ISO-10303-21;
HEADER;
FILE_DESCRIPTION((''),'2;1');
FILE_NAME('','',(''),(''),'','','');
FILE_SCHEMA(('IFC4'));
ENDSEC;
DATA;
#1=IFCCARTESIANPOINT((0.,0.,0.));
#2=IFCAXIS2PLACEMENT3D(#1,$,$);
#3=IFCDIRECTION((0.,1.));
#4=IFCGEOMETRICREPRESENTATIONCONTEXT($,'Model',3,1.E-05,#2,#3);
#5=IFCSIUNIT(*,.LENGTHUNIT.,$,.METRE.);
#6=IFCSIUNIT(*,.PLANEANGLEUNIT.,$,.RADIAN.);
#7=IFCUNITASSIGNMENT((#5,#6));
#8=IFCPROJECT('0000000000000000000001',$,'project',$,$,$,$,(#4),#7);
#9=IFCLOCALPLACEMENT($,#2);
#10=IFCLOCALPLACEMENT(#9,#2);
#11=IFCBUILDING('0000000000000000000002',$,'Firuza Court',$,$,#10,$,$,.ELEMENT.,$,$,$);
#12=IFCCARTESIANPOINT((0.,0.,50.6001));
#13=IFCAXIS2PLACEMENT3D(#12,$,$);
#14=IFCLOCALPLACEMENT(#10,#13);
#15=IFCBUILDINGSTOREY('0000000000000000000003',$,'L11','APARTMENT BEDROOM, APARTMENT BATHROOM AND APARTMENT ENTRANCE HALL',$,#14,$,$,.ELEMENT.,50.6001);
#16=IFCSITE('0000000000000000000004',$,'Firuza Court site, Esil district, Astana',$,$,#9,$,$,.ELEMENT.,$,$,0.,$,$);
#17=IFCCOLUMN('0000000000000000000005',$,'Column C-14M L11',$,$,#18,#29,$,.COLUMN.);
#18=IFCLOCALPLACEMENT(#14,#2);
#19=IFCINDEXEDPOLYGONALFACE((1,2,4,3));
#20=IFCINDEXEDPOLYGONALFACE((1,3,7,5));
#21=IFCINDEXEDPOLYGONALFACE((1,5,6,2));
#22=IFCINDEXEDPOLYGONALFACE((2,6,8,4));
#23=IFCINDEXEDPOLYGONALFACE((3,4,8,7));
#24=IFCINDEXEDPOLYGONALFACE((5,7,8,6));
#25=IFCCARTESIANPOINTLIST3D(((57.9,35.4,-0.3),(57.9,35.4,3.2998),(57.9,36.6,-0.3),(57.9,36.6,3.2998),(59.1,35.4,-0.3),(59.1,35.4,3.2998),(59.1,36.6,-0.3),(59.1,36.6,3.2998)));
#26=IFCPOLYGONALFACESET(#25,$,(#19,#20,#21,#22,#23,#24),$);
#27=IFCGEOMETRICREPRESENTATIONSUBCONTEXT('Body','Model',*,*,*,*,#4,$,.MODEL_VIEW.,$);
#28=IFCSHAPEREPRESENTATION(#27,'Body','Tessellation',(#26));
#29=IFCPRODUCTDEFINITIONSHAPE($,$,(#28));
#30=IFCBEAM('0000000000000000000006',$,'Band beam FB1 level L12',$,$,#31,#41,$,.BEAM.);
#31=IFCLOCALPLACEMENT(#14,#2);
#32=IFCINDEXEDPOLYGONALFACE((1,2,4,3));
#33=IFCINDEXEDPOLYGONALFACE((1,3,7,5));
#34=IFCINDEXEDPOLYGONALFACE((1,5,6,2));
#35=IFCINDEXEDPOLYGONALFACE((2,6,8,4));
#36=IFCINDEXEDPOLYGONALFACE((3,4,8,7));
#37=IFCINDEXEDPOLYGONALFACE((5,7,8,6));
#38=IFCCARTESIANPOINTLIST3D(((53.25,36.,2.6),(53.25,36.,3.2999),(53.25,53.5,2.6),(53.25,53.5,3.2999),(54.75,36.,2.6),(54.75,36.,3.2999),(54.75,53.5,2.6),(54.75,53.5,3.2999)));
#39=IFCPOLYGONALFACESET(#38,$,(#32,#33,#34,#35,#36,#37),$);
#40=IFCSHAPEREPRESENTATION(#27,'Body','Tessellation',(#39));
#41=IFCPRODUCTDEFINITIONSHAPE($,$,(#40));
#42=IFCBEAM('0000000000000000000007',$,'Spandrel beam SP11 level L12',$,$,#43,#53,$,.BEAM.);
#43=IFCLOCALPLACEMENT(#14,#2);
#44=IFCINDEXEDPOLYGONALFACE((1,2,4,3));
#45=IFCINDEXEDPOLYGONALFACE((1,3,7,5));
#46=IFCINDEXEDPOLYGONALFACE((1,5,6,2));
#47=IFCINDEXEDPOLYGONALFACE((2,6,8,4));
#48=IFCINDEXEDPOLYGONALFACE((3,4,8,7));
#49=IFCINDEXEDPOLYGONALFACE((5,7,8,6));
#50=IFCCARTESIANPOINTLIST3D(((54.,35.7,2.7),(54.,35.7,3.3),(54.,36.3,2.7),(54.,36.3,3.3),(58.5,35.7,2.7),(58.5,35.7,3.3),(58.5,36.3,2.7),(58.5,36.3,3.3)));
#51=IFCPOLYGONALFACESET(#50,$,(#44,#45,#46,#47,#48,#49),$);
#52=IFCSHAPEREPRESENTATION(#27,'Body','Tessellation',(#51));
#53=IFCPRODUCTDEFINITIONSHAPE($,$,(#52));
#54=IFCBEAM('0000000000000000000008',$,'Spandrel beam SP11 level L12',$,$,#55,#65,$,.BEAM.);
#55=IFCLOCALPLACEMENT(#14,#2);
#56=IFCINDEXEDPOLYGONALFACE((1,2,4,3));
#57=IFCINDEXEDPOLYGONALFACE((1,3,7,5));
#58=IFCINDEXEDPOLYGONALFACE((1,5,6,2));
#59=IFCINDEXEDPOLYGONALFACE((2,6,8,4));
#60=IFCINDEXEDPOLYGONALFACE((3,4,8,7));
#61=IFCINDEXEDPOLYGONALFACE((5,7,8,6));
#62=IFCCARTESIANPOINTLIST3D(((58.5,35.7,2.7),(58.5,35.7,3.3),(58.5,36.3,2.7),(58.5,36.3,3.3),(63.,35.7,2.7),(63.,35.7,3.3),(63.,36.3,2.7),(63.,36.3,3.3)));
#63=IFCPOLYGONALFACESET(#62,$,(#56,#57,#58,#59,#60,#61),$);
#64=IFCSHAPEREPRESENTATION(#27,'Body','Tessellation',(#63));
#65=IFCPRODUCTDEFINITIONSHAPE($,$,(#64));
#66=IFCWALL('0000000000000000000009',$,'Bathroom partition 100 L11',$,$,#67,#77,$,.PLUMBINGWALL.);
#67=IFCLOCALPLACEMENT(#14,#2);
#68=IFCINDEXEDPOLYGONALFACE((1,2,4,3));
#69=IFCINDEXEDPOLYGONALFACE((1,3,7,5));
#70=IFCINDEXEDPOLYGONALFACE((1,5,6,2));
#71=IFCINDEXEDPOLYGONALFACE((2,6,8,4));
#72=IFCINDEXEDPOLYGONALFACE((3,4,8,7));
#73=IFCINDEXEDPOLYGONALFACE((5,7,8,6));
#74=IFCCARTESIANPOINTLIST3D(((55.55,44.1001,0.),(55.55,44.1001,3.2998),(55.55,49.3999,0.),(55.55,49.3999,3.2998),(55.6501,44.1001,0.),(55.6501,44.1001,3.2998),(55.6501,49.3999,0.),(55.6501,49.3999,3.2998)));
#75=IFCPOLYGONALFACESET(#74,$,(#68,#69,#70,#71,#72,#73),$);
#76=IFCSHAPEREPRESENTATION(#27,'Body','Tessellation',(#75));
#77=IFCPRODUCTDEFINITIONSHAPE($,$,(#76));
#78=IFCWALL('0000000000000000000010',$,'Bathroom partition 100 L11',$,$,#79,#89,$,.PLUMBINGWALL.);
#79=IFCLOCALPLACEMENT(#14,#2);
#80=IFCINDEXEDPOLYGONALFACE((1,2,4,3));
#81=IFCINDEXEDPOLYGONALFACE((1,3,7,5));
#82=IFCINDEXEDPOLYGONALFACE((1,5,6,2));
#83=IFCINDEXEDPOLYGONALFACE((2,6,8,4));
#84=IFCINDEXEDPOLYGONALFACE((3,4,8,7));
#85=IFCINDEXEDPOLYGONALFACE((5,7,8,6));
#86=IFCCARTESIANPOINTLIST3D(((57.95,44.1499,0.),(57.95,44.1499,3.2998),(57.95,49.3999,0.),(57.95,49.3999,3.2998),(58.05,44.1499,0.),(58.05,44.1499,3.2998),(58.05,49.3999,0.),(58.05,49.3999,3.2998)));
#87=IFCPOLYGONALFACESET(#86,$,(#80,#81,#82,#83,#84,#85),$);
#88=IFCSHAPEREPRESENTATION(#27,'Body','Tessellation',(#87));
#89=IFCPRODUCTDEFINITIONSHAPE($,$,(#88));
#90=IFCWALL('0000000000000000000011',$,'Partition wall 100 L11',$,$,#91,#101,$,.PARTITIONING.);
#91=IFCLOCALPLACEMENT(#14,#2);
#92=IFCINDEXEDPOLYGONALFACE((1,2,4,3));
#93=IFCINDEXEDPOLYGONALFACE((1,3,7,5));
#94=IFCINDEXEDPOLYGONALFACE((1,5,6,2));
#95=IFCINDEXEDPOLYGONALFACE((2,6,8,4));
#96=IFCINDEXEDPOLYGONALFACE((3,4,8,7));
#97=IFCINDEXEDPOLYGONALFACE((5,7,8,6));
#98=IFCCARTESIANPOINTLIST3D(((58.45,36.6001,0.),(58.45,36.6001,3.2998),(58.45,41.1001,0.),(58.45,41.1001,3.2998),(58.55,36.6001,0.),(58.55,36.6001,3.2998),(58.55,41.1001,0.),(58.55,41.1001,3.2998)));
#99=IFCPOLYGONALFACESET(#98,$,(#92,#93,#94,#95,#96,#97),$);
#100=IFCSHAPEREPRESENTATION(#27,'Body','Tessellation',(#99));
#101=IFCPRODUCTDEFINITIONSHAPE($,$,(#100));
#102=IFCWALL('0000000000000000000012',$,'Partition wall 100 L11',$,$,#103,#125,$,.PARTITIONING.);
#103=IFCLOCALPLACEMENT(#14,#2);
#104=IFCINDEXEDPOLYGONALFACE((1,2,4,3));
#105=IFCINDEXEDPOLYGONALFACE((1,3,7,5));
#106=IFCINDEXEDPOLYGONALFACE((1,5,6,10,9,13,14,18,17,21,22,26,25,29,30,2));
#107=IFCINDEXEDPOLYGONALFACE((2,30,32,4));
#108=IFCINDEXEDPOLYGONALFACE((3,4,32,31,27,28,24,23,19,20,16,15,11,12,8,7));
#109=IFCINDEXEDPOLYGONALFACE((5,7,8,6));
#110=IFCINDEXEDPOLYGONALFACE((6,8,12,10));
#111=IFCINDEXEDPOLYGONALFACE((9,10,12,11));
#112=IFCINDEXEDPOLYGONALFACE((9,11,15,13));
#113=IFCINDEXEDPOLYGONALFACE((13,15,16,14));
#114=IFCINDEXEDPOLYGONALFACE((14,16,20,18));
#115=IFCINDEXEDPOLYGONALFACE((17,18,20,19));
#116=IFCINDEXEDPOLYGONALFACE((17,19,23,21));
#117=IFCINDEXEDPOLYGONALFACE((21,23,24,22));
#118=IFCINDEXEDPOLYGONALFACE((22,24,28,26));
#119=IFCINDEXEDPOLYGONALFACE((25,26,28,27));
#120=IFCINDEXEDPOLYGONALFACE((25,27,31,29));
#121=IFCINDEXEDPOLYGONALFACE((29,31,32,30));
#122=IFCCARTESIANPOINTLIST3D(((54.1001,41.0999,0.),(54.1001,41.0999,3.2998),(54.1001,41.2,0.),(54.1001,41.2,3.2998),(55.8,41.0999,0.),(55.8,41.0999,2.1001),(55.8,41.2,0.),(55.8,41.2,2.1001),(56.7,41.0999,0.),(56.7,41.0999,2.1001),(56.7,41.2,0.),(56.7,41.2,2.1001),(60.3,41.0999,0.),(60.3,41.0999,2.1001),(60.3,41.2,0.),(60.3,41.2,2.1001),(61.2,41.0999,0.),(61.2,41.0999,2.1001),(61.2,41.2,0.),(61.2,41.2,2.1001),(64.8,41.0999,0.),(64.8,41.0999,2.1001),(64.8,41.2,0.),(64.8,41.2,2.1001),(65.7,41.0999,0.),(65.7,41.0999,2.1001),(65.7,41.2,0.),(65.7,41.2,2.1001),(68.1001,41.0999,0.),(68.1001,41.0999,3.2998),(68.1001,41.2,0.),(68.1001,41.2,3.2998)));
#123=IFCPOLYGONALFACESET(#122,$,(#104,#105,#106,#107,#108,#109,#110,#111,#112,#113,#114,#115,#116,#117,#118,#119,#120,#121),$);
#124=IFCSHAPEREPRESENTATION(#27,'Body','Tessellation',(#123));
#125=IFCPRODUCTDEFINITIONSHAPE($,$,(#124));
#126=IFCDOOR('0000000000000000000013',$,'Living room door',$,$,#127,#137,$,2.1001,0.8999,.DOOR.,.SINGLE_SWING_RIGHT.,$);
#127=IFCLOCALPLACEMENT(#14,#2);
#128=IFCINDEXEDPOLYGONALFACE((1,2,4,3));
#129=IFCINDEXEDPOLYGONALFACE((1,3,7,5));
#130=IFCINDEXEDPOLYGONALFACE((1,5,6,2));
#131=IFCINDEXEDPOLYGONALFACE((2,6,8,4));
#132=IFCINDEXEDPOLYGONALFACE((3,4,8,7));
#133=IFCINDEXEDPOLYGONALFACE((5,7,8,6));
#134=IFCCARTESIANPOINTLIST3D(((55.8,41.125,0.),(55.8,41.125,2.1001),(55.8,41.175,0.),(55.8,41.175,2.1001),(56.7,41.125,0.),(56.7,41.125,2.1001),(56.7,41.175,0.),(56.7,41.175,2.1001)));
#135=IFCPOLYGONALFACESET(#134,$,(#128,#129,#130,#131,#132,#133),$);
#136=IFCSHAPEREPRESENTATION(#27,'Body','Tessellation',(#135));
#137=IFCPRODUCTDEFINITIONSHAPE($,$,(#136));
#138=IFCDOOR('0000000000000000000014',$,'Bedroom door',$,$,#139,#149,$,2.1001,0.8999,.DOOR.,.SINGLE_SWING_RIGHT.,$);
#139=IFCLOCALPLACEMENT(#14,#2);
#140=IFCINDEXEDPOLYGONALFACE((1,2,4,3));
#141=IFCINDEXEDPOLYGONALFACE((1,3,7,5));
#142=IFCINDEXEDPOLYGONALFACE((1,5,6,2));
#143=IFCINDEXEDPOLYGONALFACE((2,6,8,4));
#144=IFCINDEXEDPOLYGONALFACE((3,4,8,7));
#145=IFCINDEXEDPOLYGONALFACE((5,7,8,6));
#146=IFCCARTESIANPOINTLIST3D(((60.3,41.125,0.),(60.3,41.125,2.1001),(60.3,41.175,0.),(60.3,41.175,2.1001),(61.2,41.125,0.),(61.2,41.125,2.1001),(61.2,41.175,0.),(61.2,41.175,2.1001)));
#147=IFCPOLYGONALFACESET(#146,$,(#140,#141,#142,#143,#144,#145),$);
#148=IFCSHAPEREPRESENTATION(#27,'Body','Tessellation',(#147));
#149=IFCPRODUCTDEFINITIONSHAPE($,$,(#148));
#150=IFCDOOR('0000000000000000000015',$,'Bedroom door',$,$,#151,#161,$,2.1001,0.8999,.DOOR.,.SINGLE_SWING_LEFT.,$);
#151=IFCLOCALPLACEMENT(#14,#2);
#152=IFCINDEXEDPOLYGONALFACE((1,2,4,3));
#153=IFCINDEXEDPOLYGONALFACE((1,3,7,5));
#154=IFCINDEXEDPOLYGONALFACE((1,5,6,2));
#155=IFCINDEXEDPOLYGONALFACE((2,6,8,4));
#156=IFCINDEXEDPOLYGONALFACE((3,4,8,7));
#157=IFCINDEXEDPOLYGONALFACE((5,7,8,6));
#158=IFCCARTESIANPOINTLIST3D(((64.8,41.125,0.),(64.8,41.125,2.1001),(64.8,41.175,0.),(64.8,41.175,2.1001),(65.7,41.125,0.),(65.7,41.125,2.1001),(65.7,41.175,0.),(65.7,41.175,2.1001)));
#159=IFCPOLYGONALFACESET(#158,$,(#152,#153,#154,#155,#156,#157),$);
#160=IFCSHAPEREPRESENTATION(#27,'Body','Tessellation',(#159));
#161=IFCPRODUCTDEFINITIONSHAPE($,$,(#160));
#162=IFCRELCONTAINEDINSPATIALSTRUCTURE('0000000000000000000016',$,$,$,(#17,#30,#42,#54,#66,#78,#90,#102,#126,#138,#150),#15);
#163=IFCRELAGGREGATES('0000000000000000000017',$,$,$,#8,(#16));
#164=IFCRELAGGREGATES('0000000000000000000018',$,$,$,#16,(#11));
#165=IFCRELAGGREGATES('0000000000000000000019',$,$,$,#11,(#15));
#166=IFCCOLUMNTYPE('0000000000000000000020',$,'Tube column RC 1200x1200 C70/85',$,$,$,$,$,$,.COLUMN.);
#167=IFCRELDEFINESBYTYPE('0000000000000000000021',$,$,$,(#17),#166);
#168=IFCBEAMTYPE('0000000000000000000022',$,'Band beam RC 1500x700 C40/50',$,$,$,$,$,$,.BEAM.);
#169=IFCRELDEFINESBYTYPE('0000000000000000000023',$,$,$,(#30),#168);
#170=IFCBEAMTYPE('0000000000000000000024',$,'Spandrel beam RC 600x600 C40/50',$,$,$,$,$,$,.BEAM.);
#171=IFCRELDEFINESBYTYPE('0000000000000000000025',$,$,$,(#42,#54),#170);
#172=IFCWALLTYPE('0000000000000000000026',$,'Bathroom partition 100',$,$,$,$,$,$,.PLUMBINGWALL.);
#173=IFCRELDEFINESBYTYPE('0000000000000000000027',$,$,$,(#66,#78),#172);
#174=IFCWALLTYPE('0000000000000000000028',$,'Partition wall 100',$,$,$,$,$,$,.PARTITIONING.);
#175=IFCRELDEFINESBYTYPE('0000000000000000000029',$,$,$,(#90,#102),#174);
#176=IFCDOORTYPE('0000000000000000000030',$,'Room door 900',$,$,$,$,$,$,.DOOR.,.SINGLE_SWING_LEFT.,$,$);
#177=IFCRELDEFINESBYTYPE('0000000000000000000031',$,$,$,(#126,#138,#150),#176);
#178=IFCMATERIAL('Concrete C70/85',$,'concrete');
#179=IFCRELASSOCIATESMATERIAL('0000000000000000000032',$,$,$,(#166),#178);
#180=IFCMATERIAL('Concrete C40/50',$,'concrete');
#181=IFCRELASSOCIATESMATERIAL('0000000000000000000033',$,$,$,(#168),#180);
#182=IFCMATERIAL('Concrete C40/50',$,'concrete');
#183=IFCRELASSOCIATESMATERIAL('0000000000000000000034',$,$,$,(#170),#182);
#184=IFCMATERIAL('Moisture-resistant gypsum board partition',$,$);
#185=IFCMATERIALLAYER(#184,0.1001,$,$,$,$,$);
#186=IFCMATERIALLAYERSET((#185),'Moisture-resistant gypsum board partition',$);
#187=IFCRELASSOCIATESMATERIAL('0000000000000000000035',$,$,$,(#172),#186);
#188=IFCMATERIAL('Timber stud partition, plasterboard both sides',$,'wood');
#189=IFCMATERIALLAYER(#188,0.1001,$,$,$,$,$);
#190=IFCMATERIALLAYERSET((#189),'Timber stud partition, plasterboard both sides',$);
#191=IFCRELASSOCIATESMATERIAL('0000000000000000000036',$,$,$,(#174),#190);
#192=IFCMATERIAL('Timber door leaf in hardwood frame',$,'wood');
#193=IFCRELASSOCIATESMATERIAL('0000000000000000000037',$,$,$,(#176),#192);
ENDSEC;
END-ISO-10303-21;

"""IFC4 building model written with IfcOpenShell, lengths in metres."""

from ifc_helpers import new_model, si_unit, direction, frame, frame_2d, origin, origin_2d, place, context, subcontext, project, spatial, rectangle, extrude, material, layer, layer_set, material_profile, profile_set, type_object, element, fill, save


model = new_model("IFC4")

# Units and contexts
model_context = context("Model", 3, precision=1e-05, world=origin(), true_north=direction((0.0, 1.0)))
body_context = subcontext(model_context, "Body", "Model", "MODEL_VIEW")
ifc_project = project(units=[si_unit("LENGTHUNIT", "METRE"), si_unit("PLANEANGLEUNIT", "RADIAN")], contexts=[model_context])

# Site, building, storey
site_placement = place(None, origin())
site = spatial("IfcSite", under=ifc_project, at=site_placement, Name="Firuza Court site, Esil district, Astana", CompositionType="ELEMENT", RefElevation=0.0)
building_placement = place(site_placement, origin())
building = spatial("IfcBuilding", under=site, at=building_placement, Name="Firuza Court", CompositionType="ELEMENT")
storey_placement = place(building_placement, frame((0.0, 0.0, 50.6001)))
storey = spatial("IfcBuildingStorey", under=building, at=storey_placement, Name="L11", Description="APARTMENT BEDROOM, APARTMENT BATHROOM AND APARTMENT ENTRANCE HALL", CompositionType="ELEMENT", Elevation=50.6001)

# Column
ifc_material_1 = material(Name="Concrete C70/85", Category="concrete")
ifc_material_profile_1 = material_profile(ifc_material_1, rectangle(XDim=1.2, YDim=1.2, at=origin_2d()), Name="RC 1200x1200")
ifc_profile_set_1 = profile_set([ifc_material_profile_1], Name="Concrete C70/85")
column_type = type_object("IfcColumnType", Name="Tube column RC 1200x1200 C70/85", PredefinedType="COLUMN", material=ifc_profile_set_1)
column_placement = place(storey_placement, frame((58.5, 36.0, -0.3), z_axis=(0.0, 0.0, 1.0), x_axis=(1.0, 0.0, 0.0)))
element("IfcColumn", 1, at=column_placement, inside=storey, type_object=column_type, Name="Column C-14M L11", PredefinedType="COLUMN", context=body_context, shape_type="SweptSolid", body=[
    extrude(rectangle(XDim=1.2, YDim=1.2, at=origin_2d()), origin(), (0.0, 0.0, 1.0), 3.5999),
])

# Beams
ifc_material_2 = material(Name="Concrete C40/50", Category="concrete")
ifc_material_profile_2 = material_profile(ifc_material_2, rectangle(XDim=1.5, YDim=0.7, at=origin_2d()), Name="RC 1500x700")
ifc_profile_set_2 = profile_set([ifc_material_profile_2], Name="Concrete C40/50")
beam_type_1 = type_object("IfcBeamType", Name="Band beam RC 1500x700 C40/50", PredefinedType="BEAM", material=ifc_profile_set_2)
beam_placement = place(storey_placement, frame((54.0, 36.0, 2.95), z_axis=(0.0, 1.0, 0.0), x_axis=(-1.0, 0.0, 0.0)))
element("IfcBeam", 2, at=beam_placement, inside=storey, type_object=beam_type_1, Name="Band beam FB1 level L12", PredefinedType="BEAM", context=body_context, shape_type="SweptSolid", body=[
    extrude(rectangle(XDim=1.5, YDim=0.7, at=origin_2d()), origin(), (0.0, 0.0, 1.0), 17.5),
])
ifc_material_3 = material(Name="Concrete C40/50", Category="concrete")
ifc_material_profile_3 = material_profile(ifc_material_3, rectangle(XDim=0.6001, YDim=0.6001, at=origin_2d()), Name="RC 600x600")
ifc_profile_set_3 = profile_set([ifc_material_profile_3], Name="Concrete C40/50")
beam_type_2 = type_object("IfcBeamType", Name="Spandrel beam RC 600x600 C40/50", PredefinedType="BEAM", material=ifc_profile_set_3)
for number, where, z_axis, x_axis, name in (
    (3, (54.0, 36.0, 3.0), (1.0, 0.0, 0.0), (0.0, 1.0, 0.0), "Spandrel beam SP11 level L12"),
    (4, (58.5, 36.0, 3.0), (1.0, 0.0, 0.0), (0.0, 1.0, 0.0), "Spandrel beam SP11 level L12"),
):
    element("IfcBeam", number, at=place(storey_placement, frame(where, z_axis=z_axis, x_axis=x_axis)), inside=storey, type_object=beam_type_2, Name=name, PredefinedType="BEAM", context=body_context, shape_type="SweptSolid", body=[
        extrude(rectangle(XDim=0.6001, YDim=0.6001, at=origin_2d()), origin(), (0.0, 0.0, 1.0), 4.5),
    ])

# Walls
ifc_material_4 = material(Name="Moisture-resistant gypsum board partition")
ifc_layer_1 = layer(ifc_material_4, 0.1001)
ifc_layer_set_1 = layer_set([ifc_layer_1], Name="Moisture-resistant gypsum board partition")
wall_type_1 = type_object("IfcWallType", Name="Bathroom partition 100", PredefinedType="PLUMBINGWALL", material=ifc_layer_set_1)
wall_1_placement = place(storey_placement, frame((55.6001, 44.1001, 0.0), z_axis=(0.0, 0.0, 1.0), x_axis=(0.0, 1.0, 0.0)))
element("IfcWall", 5, at=wall_1_placement, inside=storey, type_object=wall_type_1, Name="Bathroom partition 100 L11", PredefinedType="PLUMBINGWALL", context=body_context, shape_type="SweptSolid", body=[
    extrude(rectangle(XDim=5.2998, YDim=0.1001, at=frame_2d((2.6499, 0.0))), origin(), (0.0, 0.0, 1.0), 3.2998),
])
wall_2_placement = place(storey_placement, frame((58.0, 44.1499, 0.0), z_axis=(0.0, 0.0, 1.0), x_axis=(0.0, 1.0, 0.0)))
element("IfcWall", 6, at=wall_2_placement, inside=storey, type_object=wall_type_1, Name="Bathroom partition 100 L11", PredefinedType="PLUMBINGWALL", context=body_context, shape_type="SweptSolid", body=[
    extrude(rectangle(XDim=5.25, YDim=0.1001, at=frame_2d((2.625, 0.0))), origin(), (0.0, 0.0, 1.0), 3.2998),
])
ifc_material_5 = material(Name="Timber stud partition, plasterboard both sides", Category="wood")
ifc_layer_2 = layer(ifc_material_5, 0.1001)
ifc_layer_set_2 = layer_set([ifc_layer_2], Name="Timber stud partition, plasterboard both sides")
wall_type_2 = type_object("IfcWallType", Name="Partition wall 100", PredefinedType="PARTITIONING", material=ifc_layer_set_2)
wall_3_placement = place(storey_placement, frame((58.5, 36.6001, 0.0), z_axis=(0.0, 0.0, 1.0), x_axis=(0.0, 1.0, 0.0)))
element("IfcWall", 7, at=wall_3_placement, inside=storey, type_object=wall_type_2, Name="Partition wall 100 L11", PredefinedType="PARTITIONING", context=body_context, shape_type="SweptSolid", body=[
    extrude(rectangle(XDim=4.5, YDim=0.1001, at=frame_2d((2.25, 0.0))), origin(), (0.0, 0.0, 1.0), 3.2998),
])

# Wall, openings, doors
wall_4_placement = place(storey_placement, frame((54.1001, 41.1499, 0.0), z_axis=(0.0, 0.0, 1.0), x_axis=(1.0, 0.0, 0.0)))
wall_4 = element("IfcWall", 8, at=wall_4_placement, inside=storey, type_object=wall_type_2, Name="Partition wall 100 L11", PredefinedType="PARTITIONING", context=body_context, shape_type="SweptSolid", body=[
    extrude(rectangle(XDim=14.0, YDim=0.1001, at=frame_2d((7.0, 0.0))), origin(), (0.0, 0.0, 1.0), 3.2998),
])
opening_1_placement = place(wall_4_placement, frame((1.7, 0.0, 0.0)))
opening_1 = element("IfcOpeningElement", 9, at=opening_1_placement, cuts=wall_4, PredefinedType="OPENING", context=body_context, shape_type="SweptSolid", body=[
    extrude(rectangle(XDim=0.8999, YDim=2.1001, at=frame_2d((0.45, 1.05))), frame((0.0, 0.062, 0.0), z_axis=(0.0, -1.0, 0.0), x_axis=(1.0, 0.0, 0.0)), (0.0, 0.0, 1.0), 0.124),
])
opening_2_placement = place(wall_4_placement, frame((6.2, 0.0, 0.0)))
opening_2 = element("IfcOpeningElement", 10, at=opening_2_placement, cuts=wall_4, PredefinedType="OPENING", context=body_context, shape_type="SweptSolid", body=[
    extrude(rectangle(XDim=0.8999, YDim=2.1001, at=frame_2d((0.45, 1.05))), frame((0.0, 0.062, 0.0), z_axis=(0.0, -1.0, 0.0), x_axis=(1.0, 0.0, 0.0)), (0.0, 0.0, 1.0), 0.124),
])
opening_3_placement = place(wall_4_placement, frame((10.7, 0.0, 0.0)))
opening_3 = element("IfcOpeningElement", 11, at=opening_3_placement, cuts=wall_4, PredefinedType="OPENING", context=body_context, shape_type="SweptSolid", body=[
    extrude(rectangle(XDim=0.8999, YDim=2.1001, at=frame_2d((0.45, 1.05))), frame((0.0, 0.062, 0.0), z_axis=(0.0, -1.0, 0.0), x_axis=(1.0, 0.0, 0.0)), (0.0, 0.0, 1.0), 0.124),
])
ifc_material_6 = material(Name="Timber door leaf in hardwood frame", Category="wood")
door_type_1 = type_object("IfcDoorType", Name="Room door 900", OperationType="SINGLE_SWING_LEFT", PredefinedType="DOOR", material=ifc_material_6)
door_1_placement = place(opening_1_placement, frame((0.8999, 0.0, 0.0), z_axis=(0.0, 0.0, 1.0), x_axis=(-1.0, 0.0, 0.0)))
door_1 = element("IfcDoor", 12, at=door_1_placement, inside=storey, type_object=door_type_1, Name="Living room door", OperationType="SINGLE_SWING_RIGHT", OverallHeight=2.1001, OverallWidth=0.8999, PredefinedType="DOOR", context=body_context, shape_type="SweptSolid", body=[
    extrude(rectangle(XDim=0.8999, YDim=2.1001, at=frame_2d((0.45, 1.05))), frame((0.0, 0.0249, 0.0), z_axis=(0.0, -1.0, 0.0), x_axis=(1.0, 0.0, 0.0)), (0.0, 0.0, 1.0), 0.05),
])
fill(opening_1, door_1)
door_2_placement = place(opening_2_placement, frame((0.8999, 0.0, 0.0), z_axis=(0.0, 0.0, 1.0), x_axis=(-1.0, 0.0, 0.0)))
door_2 = element("IfcDoor", 13, at=door_2_placement, inside=storey, type_object=door_type_1, Name="Bedroom door", OperationType="SINGLE_SWING_RIGHT", OverallHeight=2.1001, OverallWidth=0.8999, PredefinedType="DOOR", context=body_context, shape_type="SweptSolid", body=[
    extrude(rectangle(XDim=0.8999, YDim=2.1001, at=frame_2d((0.45, 1.05))), frame((0.0, 0.0249, 0.0), z_axis=(0.0, -1.0, 0.0), x_axis=(1.0, 0.0, 0.0)), (0.0, 0.0, 1.0), 0.05),
])
fill(opening_2, door_2)
door_3_placement = place(opening_3_placement, frame((0.8999, 0.0, 0.0), z_axis=(0.0, 0.0, 1.0), x_axis=(-1.0, 0.0, 0.0)))
door_3 = element("IfcDoor", 14, at=door_3_placement, inside=storey, type_object=door_type_1, Name="Bedroom door", OperationType="SINGLE_SWING_LEFT", OverallHeight=2.1001, OverallWidth=0.8999, PredefinedType="DOOR", context=body_context, shape_type="SweptSolid", body=[
    extrude(rectangle(XDim=0.8999, YDim=2.1001, at=frame_2d((0.45, 1.05))), frame((0.0, 0.0249, 0.0), z_axis=(0.0, -1.0, 0.0), x_axis=(1.0, 0.0, 0.0)), (0.0, 0.0, 1.0), 0.05),
])
fill(opening_3, door_3)

save(model, "model.ifc")
